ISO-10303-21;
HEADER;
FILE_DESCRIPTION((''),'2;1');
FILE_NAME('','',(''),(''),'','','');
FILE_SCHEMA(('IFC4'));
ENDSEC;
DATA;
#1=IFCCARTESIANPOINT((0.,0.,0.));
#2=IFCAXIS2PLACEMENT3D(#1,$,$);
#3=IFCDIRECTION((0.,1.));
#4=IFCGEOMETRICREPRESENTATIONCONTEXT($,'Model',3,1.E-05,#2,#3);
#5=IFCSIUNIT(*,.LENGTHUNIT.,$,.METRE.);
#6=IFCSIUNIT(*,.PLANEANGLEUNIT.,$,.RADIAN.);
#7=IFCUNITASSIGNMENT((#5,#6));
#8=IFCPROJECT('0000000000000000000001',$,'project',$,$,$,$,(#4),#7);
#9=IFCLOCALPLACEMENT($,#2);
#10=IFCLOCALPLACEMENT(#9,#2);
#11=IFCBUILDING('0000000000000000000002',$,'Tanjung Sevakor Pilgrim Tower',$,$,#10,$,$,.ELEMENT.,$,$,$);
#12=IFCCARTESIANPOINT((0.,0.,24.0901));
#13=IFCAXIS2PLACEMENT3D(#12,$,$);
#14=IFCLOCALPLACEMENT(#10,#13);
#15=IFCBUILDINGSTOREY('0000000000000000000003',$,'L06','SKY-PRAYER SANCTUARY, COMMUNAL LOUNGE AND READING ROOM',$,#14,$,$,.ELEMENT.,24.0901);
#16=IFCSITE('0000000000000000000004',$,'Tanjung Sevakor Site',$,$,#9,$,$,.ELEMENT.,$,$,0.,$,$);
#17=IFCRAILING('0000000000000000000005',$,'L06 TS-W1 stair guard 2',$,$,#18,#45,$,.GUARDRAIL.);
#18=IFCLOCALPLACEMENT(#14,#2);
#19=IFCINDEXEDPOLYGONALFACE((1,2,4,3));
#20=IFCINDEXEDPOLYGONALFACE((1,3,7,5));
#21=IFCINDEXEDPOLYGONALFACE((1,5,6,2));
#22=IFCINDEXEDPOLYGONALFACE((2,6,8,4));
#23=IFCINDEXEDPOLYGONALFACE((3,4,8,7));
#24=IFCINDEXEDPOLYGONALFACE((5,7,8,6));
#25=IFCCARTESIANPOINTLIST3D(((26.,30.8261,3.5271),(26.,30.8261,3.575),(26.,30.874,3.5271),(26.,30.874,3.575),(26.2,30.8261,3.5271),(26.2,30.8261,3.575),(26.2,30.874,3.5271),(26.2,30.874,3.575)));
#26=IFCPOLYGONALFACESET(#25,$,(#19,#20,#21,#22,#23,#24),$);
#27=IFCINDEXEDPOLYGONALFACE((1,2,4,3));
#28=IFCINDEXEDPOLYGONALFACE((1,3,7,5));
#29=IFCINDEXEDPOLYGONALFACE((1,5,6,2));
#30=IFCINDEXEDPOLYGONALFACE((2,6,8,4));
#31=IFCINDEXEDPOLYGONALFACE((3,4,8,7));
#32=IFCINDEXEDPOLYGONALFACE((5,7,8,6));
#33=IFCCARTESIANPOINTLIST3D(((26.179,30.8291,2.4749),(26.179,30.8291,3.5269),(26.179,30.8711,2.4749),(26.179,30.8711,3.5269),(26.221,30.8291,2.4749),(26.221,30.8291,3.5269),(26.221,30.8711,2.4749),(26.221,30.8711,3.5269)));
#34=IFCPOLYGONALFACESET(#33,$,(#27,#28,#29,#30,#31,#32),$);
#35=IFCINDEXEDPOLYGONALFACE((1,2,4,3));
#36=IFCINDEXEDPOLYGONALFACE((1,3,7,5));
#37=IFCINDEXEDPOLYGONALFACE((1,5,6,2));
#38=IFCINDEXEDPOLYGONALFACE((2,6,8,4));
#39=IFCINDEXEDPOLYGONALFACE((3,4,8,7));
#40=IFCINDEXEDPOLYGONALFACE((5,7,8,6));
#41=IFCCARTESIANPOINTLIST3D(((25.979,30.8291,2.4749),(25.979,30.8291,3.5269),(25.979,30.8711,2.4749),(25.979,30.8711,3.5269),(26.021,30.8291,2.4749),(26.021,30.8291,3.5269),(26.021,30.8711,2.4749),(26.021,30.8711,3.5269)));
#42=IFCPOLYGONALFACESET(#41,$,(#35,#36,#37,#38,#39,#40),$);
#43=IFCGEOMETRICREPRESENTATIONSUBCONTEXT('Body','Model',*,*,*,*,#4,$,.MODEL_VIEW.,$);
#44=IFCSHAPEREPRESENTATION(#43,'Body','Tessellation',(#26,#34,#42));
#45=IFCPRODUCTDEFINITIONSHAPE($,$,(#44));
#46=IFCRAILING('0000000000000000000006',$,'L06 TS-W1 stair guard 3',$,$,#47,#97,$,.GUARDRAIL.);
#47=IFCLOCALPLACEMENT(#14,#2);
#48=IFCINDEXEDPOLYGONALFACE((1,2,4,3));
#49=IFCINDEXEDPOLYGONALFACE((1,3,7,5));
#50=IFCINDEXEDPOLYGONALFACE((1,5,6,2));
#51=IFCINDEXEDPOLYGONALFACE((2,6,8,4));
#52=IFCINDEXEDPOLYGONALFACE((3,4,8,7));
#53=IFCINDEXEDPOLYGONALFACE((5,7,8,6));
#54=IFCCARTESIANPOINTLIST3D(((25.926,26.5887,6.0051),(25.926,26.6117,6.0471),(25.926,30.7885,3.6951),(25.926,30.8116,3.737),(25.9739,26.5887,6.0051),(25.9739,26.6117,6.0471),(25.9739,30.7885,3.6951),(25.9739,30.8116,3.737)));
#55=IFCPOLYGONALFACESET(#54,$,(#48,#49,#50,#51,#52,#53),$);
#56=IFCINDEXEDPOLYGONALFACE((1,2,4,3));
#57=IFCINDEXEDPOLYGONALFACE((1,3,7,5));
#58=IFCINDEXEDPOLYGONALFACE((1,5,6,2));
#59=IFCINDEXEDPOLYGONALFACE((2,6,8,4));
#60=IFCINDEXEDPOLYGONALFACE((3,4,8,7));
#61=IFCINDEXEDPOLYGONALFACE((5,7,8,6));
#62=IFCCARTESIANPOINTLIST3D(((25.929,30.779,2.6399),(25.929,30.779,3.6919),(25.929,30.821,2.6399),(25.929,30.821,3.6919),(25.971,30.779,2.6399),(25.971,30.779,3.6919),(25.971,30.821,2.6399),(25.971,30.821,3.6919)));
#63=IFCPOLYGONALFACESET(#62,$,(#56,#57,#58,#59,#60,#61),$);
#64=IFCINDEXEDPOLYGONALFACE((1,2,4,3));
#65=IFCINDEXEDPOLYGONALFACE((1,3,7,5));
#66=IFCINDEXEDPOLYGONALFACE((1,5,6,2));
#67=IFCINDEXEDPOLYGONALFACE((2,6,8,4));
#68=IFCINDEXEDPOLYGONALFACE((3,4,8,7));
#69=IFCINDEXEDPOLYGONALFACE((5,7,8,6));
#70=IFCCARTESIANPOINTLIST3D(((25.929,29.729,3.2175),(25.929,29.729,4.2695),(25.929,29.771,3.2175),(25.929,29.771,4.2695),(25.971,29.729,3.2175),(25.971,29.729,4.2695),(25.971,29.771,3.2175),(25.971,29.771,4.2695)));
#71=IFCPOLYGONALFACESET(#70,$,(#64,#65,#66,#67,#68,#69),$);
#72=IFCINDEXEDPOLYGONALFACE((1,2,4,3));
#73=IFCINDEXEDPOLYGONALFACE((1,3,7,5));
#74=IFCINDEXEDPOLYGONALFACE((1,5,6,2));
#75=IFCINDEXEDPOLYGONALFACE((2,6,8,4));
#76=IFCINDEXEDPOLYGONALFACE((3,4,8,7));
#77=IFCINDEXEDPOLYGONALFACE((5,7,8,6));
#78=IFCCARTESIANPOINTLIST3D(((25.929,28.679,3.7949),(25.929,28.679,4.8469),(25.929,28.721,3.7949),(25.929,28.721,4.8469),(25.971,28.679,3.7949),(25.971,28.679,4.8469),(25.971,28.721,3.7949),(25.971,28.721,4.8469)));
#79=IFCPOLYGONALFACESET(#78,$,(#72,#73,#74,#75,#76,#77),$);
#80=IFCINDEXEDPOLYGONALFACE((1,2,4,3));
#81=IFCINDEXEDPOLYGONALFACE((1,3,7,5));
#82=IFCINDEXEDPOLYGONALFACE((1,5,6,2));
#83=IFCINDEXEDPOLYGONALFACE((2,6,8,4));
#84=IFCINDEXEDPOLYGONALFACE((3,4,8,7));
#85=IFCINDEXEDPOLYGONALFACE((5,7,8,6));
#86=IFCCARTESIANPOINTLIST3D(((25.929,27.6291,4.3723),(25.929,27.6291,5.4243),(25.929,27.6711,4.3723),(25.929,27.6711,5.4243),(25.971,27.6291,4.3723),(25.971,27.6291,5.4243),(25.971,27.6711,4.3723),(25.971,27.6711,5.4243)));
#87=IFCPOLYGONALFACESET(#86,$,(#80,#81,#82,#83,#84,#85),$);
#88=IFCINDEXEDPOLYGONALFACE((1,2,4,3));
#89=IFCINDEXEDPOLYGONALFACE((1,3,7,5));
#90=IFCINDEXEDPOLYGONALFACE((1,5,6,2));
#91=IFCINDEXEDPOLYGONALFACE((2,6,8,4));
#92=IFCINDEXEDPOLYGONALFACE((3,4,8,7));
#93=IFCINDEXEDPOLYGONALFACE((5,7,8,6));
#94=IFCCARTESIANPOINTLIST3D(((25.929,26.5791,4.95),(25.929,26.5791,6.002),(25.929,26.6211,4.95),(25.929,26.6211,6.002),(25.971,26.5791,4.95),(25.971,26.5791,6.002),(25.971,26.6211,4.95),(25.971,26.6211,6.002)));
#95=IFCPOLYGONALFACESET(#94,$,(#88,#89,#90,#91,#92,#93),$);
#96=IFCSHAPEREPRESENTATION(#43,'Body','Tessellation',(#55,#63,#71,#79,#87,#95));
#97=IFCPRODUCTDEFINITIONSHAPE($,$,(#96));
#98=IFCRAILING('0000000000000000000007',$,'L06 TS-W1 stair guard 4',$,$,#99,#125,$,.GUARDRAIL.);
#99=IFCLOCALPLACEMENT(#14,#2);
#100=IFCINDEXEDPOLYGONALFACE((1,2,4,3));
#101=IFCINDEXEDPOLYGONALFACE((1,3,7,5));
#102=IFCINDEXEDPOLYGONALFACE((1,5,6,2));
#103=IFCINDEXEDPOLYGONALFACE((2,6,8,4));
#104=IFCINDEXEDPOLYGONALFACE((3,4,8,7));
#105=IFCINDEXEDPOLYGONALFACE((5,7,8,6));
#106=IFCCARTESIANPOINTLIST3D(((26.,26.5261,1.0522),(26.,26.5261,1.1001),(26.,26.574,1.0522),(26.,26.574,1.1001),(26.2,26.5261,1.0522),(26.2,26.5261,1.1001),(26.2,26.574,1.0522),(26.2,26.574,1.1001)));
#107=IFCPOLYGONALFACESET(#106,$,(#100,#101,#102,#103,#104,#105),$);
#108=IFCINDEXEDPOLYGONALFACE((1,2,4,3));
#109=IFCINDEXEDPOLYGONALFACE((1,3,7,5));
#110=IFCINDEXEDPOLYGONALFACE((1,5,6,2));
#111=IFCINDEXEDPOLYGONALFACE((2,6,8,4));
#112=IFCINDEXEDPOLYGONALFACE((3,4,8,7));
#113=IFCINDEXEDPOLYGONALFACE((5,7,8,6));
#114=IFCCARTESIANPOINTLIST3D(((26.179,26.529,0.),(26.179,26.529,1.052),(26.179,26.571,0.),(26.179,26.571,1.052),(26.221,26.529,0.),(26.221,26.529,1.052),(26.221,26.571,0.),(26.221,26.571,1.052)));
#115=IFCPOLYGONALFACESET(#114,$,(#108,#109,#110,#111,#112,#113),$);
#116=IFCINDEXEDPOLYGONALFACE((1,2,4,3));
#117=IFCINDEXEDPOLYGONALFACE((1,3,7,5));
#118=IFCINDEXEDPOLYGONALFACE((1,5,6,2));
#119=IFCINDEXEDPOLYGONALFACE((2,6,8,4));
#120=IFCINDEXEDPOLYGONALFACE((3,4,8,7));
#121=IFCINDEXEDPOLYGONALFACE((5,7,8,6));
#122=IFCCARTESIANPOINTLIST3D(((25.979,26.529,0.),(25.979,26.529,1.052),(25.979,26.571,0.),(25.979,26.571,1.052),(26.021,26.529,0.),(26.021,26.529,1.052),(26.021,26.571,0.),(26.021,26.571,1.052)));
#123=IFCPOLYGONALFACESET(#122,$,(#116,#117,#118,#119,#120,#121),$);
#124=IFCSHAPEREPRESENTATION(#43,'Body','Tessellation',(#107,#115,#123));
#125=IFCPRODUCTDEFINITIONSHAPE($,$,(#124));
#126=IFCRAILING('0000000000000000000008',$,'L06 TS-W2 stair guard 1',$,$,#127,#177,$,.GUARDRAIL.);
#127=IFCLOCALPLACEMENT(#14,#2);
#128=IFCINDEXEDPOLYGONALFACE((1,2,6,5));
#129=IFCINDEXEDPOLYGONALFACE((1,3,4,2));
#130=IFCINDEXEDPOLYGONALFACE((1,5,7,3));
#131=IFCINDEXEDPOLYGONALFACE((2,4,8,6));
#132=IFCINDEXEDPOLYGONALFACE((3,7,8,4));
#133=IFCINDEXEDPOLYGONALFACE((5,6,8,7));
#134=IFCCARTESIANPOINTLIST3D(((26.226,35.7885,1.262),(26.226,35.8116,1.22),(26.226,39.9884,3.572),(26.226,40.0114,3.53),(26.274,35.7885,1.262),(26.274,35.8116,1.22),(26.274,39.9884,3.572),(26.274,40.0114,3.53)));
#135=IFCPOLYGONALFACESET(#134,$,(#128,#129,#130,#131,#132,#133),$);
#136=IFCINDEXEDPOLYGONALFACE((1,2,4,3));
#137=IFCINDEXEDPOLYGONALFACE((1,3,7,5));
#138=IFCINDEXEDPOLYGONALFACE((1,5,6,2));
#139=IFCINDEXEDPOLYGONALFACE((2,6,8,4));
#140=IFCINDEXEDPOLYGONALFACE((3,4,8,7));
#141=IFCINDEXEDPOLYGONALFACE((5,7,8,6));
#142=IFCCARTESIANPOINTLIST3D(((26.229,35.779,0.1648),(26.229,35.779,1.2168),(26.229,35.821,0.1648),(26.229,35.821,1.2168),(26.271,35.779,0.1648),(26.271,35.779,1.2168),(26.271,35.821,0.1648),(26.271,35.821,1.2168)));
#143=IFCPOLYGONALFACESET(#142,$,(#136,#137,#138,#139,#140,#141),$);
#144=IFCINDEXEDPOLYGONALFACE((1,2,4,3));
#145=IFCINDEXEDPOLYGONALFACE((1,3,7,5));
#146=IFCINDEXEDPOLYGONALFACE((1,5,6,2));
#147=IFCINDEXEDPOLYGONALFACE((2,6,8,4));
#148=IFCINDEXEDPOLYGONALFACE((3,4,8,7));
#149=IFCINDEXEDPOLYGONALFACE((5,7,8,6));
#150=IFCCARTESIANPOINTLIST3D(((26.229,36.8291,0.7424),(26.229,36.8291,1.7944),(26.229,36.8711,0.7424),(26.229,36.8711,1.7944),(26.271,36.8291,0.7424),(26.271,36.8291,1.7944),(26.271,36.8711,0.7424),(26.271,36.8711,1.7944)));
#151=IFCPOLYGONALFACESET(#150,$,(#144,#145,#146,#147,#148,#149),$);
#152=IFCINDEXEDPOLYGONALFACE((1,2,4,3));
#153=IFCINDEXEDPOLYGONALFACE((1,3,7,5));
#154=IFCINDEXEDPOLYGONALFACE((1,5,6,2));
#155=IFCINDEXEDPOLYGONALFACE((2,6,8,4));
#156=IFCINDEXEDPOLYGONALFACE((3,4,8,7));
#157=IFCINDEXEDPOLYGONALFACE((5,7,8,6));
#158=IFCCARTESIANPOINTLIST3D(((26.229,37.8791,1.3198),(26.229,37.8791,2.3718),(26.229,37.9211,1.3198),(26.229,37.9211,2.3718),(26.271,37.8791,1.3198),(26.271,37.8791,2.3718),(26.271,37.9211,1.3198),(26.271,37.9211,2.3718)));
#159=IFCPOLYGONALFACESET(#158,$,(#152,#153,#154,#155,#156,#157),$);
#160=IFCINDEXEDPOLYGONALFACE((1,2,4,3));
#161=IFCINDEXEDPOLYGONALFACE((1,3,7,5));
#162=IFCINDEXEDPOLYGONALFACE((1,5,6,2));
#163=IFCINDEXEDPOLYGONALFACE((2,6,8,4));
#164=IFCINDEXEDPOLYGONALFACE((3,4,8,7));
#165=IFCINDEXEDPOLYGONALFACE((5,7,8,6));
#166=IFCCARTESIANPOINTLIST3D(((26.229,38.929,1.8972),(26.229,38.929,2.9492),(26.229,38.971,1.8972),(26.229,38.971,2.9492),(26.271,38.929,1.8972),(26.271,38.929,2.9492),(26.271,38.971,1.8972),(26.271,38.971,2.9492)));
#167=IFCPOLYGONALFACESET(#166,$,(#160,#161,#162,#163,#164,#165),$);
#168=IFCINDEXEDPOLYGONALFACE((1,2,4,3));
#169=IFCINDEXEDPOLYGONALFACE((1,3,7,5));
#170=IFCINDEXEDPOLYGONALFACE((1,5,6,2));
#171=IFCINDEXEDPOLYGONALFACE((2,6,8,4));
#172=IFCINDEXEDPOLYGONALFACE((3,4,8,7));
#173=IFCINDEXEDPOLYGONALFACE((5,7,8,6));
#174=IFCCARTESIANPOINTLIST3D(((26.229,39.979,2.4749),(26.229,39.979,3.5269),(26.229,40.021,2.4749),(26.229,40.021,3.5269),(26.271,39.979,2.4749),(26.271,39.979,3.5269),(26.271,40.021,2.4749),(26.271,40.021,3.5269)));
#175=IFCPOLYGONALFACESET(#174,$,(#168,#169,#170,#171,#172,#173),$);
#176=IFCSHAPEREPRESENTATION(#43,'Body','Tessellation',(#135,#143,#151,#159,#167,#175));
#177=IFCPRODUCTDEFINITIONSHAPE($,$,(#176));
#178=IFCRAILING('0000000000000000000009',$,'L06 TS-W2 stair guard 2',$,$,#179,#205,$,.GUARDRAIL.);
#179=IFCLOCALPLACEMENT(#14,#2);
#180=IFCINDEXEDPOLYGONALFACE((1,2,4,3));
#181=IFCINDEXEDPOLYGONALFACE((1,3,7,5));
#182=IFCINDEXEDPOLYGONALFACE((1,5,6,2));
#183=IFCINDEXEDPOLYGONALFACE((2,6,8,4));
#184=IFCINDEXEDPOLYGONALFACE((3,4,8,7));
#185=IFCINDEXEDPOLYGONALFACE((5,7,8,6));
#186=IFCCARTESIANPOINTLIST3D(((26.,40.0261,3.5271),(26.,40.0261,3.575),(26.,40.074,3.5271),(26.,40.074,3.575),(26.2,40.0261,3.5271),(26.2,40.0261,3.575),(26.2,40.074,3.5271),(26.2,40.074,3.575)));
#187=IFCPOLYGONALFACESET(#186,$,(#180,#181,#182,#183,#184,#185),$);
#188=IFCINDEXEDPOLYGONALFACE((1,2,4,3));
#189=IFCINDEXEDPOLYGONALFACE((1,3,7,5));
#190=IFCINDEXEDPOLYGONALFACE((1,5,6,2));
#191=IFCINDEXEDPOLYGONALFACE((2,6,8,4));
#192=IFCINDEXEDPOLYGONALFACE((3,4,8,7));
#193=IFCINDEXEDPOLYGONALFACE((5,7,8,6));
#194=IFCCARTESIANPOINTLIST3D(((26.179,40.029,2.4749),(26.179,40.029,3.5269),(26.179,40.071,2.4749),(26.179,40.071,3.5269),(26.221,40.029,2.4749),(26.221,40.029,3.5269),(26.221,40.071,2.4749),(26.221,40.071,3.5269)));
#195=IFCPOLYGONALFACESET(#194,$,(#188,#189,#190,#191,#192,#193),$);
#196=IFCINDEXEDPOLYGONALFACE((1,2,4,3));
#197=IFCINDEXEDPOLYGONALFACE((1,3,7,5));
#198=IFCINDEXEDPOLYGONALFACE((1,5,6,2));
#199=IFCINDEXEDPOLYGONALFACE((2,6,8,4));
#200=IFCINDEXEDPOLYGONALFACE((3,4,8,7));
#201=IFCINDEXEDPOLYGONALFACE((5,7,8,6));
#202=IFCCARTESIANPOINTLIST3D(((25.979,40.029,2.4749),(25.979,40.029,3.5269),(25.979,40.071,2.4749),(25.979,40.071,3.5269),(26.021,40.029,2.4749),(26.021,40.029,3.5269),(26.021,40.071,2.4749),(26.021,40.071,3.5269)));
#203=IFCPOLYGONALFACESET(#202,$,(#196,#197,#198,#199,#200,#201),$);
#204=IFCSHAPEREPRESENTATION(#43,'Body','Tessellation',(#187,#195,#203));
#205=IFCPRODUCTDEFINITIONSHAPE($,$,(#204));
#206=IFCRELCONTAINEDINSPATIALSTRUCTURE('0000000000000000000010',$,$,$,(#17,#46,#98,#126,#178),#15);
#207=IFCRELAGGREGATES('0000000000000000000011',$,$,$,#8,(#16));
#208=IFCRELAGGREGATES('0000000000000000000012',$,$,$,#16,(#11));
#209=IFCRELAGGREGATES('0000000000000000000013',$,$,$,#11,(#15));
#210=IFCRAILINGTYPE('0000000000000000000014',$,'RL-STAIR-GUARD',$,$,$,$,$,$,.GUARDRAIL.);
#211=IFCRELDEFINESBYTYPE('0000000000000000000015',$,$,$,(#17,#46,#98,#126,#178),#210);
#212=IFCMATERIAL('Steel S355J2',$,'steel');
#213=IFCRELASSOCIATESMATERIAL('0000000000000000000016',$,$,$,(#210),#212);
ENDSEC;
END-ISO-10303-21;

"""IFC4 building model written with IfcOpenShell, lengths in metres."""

from ifc_helpers import new_model, si_unit, direction, frame, origin, place, context, subcontext, project, spatial, rectangle, extrude, material, type_object, element, save


model = new_model("IFC4")

# Units and contexts
model_context = context("Model", 3, precision=1e-05, world=origin(), true_north=direction((0.0, 1.0)))
body_context = subcontext(model_context, "Body", "Model", "MODEL_VIEW")
ifc_project = project(units=[si_unit("LENGTHUNIT", "METRE"), si_unit("PLANEANGLEUNIT", "RADIAN")], contexts=[model_context])

# Site, building, storey
site_placement = place(None, origin())
site = spatial("IfcSite", under=ifc_project, at=site_placement, Name="Tanjung Sevakor Site", CompositionType="ELEMENT", RefElevation=0.0)
building_placement = place(site_placement, origin())
building = spatial("IfcBuilding", under=site, at=building_placement, Name="Tanjung Sevakor Pilgrim Tower", CompositionType="ELEMENT")
storey_placement = place(building_placement, frame((0.0, 0.0, 24.0901)))
storey = spatial("IfcBuildingStorey", under=building, at=storey_placement, Name="L06", Description="SKY-PRAYER SANCTUARY, COMMUNAL LOUNGE AND READING ROOM", CompositionType="ELEMENT", Elevation=24.0901)

# Railings
ifc_material_1 = material(Name="Steel S355J2", Category="steel")
railing_type_1 = type_object("IfcRailingType", Name="RL-STAIR-GUARD", PredefinedType="GUARDRAIL", material=ifc_material_1)
railing_1_placement = place(storey_placement, frame((26.2, 30.8501, 2.4749)))
element("IfcRailing", 1, at=railing_1_placement, inside=storey, type_object=railing_type_1, Name="L06 TS-W1 stair guard 2", PredefinedType="GUARDRAIL", context=body_context, shape_type="SweptSolid", body=[
    extrude(rectangle(XDim=0.0479, YDim=0.0479), frame((0.0, 0.0, 1.0762), z_axis=(-1.0, 0.0, 0.0), x_axis=(0.0, -1.0, 0.0)), (0.0, 0.0, 1.0), 0.2),
    extrude(rectangle(XDim=0.042, YDim=0.042), origin(), (0.0, 0.0, 1.0), 1.052),
    extrude(rectangle(XDim=0.042, YDim=0.042), frame((-0.2, 0.0, 0.0)), (0.0, 0.0, 1.0), 1.052),
])
railing_2_placement = place(storey_placement, frame((25.95, 30.8, 2.6399)))
element("IfcRailing", 2, at=railing_2_placement, inside=storey, type_object=railing_type_1, Name="L06 TS-W1 stair guard 3", PredefinedType="GUARDRAIL", context=body_context, shape_type="SweptSolid", body=[
    extrude(rectangle(XDim=0.0479, YDim=0.0479), frame((0.0, 0.0, 1.0762), z_axis=(0.0, -0.876208, 0.481932), x_axis=(1.0, 0.0, 0.0)), (0.0, 0.0, 1.0), 4.7932),
    extrude(rectangle(XDim=0.042, YDim=0.042), origin(), (0.0, 0.0, 1.0), 1.052),
    extrude(rectangle(XDim=0.042, YDim=0.042), frame((0.0, -1.05, 0.5776)), (0.0, 0.0, 1.0), 1.052),
    extrude(rectangle(XDim=0.042, YDim=0.042), frame((0.0, -2.1001, 1.155)), (0.0, 0.0, 1.0), 1.052),
    extrude(rectangle(XDim=0.042, YDim=0.042), frame((0.0, -3.1499, 1.7324)), (0.0, 0.0, 1.0), 1.052),
    extrude(rectangle(XDim=0.042, YDim=0.042), frame((0.0, -4.2, 2.3101)), (0.0, 0.0, 1.0), 1.052),
])
railing_3_placement = place(storey_placement, frame((26.2, 26.55, 0.0)))
element("IfcRailing", 3, at=railing_3_placement, inside=storey, type_object=railing_type_1, Name="L06 TS-W1 stair guard 4", PredefinedType="GUARDRAIL", context=body_context, shape_type="SweptSolid", body=[
    extrude(rectangle(XDim=0.0479, YDim=0.0479), frame((0.0, 0.0, 1.0762), z_axis=(-1.0, 0.0, 0.0), x_axis=(0.0, -1.0, 0.0)), (0.0, 0.0, 1.0), 0.2),
    extrude(rectangle(XDim=0.042, YDim=0.042), origin(), (0.0, 0.0, 1.0), 1.052),
    extrude(rectangle(XDim=0.042, YDim=0.042), frame((-0.2, 0.0, 0.0)), (0.0, 0.0, 1.0), 1.052),
])
railing_4_placement = place(storey_placement, frame((26.25, 35.8, 0.1648)))
element("IfcRailing", 4, at=railing_4_placement, inside=storey, type_object=railing_type_1, Name="L06 TS-W2 stair guard 1", PredefinedType="GUARDRAIL", context=body_context, shape_type="SweptSolid", body=[
    extrude(rectangle(XDim=0.0479, YDim=0.0479), frame((0.0, 0.0, 1.0762), z_axis=(0.0, 0.876208, 0.481932), x_axis=(-1.0, 0.0, 0.0)), (0.0, 0.0, 1.0), 4.7932),
    extrude(rectangle(XDim=0.042, YDim=0.042), origin(), (0.0, 0.0, 1.0), 1.052),
    extrude(rectangle(XDim=0.042, YDim=0.042), frame((0.0, 1.05, 0.5776)), (0.0, 0.0, 1.0), 1.052),
    extrude(rectangle(XDim=0.042, YDim=0.042), frame((0.0, 2.1001, 1.155)), (0.0, 0.0, 1.0), 1.052),
    extrude(rectangle(XDim=0.042, YDim=0.042), frame((0.0, 3.1499, 1.7324)), (0.0, 0.0, 1.0), 1.052),
    extrude(rectangle(XDim=0.042, YDim=0.042), frame((0.0, 4.2, 2.3101)), (0.0, 0.0, 1.0), 1.052),
])
railing_5_placement = place(storey_placement, frame((26.2, 40.05, 2.4749)))
element("IfcRailing", 5, at=railing_5_placement, inside=storey, type_object=railing_type_1, Name="L06 TS-W2 stair guard 2", PredefinedType="GUARDRAIL", context=body_context, shape_type="SweptSolid", body=[
    extrude(rectangle(XDim=0.0479, YDim=0.0479), frame((0.0, 0.0, 1.0762), z_axis=(-1.0, 0.0, 0.0), x_axis=(0.0, -1.0, 0.0)), (0.0, 0.0, 1.0), 0.2),
    extrude(rectangle(XDim=0.042, YDim=0.042), origin(), (0.0, 0.0, 1.0), 1.052),
    extrude(rectangle(XDim=0.042, YDim=0.042), frame((-0.2, 0.0, 0.0)), (0.0, 0.0, 1.0), 1.052),
])

save(model, "model.ifc")
